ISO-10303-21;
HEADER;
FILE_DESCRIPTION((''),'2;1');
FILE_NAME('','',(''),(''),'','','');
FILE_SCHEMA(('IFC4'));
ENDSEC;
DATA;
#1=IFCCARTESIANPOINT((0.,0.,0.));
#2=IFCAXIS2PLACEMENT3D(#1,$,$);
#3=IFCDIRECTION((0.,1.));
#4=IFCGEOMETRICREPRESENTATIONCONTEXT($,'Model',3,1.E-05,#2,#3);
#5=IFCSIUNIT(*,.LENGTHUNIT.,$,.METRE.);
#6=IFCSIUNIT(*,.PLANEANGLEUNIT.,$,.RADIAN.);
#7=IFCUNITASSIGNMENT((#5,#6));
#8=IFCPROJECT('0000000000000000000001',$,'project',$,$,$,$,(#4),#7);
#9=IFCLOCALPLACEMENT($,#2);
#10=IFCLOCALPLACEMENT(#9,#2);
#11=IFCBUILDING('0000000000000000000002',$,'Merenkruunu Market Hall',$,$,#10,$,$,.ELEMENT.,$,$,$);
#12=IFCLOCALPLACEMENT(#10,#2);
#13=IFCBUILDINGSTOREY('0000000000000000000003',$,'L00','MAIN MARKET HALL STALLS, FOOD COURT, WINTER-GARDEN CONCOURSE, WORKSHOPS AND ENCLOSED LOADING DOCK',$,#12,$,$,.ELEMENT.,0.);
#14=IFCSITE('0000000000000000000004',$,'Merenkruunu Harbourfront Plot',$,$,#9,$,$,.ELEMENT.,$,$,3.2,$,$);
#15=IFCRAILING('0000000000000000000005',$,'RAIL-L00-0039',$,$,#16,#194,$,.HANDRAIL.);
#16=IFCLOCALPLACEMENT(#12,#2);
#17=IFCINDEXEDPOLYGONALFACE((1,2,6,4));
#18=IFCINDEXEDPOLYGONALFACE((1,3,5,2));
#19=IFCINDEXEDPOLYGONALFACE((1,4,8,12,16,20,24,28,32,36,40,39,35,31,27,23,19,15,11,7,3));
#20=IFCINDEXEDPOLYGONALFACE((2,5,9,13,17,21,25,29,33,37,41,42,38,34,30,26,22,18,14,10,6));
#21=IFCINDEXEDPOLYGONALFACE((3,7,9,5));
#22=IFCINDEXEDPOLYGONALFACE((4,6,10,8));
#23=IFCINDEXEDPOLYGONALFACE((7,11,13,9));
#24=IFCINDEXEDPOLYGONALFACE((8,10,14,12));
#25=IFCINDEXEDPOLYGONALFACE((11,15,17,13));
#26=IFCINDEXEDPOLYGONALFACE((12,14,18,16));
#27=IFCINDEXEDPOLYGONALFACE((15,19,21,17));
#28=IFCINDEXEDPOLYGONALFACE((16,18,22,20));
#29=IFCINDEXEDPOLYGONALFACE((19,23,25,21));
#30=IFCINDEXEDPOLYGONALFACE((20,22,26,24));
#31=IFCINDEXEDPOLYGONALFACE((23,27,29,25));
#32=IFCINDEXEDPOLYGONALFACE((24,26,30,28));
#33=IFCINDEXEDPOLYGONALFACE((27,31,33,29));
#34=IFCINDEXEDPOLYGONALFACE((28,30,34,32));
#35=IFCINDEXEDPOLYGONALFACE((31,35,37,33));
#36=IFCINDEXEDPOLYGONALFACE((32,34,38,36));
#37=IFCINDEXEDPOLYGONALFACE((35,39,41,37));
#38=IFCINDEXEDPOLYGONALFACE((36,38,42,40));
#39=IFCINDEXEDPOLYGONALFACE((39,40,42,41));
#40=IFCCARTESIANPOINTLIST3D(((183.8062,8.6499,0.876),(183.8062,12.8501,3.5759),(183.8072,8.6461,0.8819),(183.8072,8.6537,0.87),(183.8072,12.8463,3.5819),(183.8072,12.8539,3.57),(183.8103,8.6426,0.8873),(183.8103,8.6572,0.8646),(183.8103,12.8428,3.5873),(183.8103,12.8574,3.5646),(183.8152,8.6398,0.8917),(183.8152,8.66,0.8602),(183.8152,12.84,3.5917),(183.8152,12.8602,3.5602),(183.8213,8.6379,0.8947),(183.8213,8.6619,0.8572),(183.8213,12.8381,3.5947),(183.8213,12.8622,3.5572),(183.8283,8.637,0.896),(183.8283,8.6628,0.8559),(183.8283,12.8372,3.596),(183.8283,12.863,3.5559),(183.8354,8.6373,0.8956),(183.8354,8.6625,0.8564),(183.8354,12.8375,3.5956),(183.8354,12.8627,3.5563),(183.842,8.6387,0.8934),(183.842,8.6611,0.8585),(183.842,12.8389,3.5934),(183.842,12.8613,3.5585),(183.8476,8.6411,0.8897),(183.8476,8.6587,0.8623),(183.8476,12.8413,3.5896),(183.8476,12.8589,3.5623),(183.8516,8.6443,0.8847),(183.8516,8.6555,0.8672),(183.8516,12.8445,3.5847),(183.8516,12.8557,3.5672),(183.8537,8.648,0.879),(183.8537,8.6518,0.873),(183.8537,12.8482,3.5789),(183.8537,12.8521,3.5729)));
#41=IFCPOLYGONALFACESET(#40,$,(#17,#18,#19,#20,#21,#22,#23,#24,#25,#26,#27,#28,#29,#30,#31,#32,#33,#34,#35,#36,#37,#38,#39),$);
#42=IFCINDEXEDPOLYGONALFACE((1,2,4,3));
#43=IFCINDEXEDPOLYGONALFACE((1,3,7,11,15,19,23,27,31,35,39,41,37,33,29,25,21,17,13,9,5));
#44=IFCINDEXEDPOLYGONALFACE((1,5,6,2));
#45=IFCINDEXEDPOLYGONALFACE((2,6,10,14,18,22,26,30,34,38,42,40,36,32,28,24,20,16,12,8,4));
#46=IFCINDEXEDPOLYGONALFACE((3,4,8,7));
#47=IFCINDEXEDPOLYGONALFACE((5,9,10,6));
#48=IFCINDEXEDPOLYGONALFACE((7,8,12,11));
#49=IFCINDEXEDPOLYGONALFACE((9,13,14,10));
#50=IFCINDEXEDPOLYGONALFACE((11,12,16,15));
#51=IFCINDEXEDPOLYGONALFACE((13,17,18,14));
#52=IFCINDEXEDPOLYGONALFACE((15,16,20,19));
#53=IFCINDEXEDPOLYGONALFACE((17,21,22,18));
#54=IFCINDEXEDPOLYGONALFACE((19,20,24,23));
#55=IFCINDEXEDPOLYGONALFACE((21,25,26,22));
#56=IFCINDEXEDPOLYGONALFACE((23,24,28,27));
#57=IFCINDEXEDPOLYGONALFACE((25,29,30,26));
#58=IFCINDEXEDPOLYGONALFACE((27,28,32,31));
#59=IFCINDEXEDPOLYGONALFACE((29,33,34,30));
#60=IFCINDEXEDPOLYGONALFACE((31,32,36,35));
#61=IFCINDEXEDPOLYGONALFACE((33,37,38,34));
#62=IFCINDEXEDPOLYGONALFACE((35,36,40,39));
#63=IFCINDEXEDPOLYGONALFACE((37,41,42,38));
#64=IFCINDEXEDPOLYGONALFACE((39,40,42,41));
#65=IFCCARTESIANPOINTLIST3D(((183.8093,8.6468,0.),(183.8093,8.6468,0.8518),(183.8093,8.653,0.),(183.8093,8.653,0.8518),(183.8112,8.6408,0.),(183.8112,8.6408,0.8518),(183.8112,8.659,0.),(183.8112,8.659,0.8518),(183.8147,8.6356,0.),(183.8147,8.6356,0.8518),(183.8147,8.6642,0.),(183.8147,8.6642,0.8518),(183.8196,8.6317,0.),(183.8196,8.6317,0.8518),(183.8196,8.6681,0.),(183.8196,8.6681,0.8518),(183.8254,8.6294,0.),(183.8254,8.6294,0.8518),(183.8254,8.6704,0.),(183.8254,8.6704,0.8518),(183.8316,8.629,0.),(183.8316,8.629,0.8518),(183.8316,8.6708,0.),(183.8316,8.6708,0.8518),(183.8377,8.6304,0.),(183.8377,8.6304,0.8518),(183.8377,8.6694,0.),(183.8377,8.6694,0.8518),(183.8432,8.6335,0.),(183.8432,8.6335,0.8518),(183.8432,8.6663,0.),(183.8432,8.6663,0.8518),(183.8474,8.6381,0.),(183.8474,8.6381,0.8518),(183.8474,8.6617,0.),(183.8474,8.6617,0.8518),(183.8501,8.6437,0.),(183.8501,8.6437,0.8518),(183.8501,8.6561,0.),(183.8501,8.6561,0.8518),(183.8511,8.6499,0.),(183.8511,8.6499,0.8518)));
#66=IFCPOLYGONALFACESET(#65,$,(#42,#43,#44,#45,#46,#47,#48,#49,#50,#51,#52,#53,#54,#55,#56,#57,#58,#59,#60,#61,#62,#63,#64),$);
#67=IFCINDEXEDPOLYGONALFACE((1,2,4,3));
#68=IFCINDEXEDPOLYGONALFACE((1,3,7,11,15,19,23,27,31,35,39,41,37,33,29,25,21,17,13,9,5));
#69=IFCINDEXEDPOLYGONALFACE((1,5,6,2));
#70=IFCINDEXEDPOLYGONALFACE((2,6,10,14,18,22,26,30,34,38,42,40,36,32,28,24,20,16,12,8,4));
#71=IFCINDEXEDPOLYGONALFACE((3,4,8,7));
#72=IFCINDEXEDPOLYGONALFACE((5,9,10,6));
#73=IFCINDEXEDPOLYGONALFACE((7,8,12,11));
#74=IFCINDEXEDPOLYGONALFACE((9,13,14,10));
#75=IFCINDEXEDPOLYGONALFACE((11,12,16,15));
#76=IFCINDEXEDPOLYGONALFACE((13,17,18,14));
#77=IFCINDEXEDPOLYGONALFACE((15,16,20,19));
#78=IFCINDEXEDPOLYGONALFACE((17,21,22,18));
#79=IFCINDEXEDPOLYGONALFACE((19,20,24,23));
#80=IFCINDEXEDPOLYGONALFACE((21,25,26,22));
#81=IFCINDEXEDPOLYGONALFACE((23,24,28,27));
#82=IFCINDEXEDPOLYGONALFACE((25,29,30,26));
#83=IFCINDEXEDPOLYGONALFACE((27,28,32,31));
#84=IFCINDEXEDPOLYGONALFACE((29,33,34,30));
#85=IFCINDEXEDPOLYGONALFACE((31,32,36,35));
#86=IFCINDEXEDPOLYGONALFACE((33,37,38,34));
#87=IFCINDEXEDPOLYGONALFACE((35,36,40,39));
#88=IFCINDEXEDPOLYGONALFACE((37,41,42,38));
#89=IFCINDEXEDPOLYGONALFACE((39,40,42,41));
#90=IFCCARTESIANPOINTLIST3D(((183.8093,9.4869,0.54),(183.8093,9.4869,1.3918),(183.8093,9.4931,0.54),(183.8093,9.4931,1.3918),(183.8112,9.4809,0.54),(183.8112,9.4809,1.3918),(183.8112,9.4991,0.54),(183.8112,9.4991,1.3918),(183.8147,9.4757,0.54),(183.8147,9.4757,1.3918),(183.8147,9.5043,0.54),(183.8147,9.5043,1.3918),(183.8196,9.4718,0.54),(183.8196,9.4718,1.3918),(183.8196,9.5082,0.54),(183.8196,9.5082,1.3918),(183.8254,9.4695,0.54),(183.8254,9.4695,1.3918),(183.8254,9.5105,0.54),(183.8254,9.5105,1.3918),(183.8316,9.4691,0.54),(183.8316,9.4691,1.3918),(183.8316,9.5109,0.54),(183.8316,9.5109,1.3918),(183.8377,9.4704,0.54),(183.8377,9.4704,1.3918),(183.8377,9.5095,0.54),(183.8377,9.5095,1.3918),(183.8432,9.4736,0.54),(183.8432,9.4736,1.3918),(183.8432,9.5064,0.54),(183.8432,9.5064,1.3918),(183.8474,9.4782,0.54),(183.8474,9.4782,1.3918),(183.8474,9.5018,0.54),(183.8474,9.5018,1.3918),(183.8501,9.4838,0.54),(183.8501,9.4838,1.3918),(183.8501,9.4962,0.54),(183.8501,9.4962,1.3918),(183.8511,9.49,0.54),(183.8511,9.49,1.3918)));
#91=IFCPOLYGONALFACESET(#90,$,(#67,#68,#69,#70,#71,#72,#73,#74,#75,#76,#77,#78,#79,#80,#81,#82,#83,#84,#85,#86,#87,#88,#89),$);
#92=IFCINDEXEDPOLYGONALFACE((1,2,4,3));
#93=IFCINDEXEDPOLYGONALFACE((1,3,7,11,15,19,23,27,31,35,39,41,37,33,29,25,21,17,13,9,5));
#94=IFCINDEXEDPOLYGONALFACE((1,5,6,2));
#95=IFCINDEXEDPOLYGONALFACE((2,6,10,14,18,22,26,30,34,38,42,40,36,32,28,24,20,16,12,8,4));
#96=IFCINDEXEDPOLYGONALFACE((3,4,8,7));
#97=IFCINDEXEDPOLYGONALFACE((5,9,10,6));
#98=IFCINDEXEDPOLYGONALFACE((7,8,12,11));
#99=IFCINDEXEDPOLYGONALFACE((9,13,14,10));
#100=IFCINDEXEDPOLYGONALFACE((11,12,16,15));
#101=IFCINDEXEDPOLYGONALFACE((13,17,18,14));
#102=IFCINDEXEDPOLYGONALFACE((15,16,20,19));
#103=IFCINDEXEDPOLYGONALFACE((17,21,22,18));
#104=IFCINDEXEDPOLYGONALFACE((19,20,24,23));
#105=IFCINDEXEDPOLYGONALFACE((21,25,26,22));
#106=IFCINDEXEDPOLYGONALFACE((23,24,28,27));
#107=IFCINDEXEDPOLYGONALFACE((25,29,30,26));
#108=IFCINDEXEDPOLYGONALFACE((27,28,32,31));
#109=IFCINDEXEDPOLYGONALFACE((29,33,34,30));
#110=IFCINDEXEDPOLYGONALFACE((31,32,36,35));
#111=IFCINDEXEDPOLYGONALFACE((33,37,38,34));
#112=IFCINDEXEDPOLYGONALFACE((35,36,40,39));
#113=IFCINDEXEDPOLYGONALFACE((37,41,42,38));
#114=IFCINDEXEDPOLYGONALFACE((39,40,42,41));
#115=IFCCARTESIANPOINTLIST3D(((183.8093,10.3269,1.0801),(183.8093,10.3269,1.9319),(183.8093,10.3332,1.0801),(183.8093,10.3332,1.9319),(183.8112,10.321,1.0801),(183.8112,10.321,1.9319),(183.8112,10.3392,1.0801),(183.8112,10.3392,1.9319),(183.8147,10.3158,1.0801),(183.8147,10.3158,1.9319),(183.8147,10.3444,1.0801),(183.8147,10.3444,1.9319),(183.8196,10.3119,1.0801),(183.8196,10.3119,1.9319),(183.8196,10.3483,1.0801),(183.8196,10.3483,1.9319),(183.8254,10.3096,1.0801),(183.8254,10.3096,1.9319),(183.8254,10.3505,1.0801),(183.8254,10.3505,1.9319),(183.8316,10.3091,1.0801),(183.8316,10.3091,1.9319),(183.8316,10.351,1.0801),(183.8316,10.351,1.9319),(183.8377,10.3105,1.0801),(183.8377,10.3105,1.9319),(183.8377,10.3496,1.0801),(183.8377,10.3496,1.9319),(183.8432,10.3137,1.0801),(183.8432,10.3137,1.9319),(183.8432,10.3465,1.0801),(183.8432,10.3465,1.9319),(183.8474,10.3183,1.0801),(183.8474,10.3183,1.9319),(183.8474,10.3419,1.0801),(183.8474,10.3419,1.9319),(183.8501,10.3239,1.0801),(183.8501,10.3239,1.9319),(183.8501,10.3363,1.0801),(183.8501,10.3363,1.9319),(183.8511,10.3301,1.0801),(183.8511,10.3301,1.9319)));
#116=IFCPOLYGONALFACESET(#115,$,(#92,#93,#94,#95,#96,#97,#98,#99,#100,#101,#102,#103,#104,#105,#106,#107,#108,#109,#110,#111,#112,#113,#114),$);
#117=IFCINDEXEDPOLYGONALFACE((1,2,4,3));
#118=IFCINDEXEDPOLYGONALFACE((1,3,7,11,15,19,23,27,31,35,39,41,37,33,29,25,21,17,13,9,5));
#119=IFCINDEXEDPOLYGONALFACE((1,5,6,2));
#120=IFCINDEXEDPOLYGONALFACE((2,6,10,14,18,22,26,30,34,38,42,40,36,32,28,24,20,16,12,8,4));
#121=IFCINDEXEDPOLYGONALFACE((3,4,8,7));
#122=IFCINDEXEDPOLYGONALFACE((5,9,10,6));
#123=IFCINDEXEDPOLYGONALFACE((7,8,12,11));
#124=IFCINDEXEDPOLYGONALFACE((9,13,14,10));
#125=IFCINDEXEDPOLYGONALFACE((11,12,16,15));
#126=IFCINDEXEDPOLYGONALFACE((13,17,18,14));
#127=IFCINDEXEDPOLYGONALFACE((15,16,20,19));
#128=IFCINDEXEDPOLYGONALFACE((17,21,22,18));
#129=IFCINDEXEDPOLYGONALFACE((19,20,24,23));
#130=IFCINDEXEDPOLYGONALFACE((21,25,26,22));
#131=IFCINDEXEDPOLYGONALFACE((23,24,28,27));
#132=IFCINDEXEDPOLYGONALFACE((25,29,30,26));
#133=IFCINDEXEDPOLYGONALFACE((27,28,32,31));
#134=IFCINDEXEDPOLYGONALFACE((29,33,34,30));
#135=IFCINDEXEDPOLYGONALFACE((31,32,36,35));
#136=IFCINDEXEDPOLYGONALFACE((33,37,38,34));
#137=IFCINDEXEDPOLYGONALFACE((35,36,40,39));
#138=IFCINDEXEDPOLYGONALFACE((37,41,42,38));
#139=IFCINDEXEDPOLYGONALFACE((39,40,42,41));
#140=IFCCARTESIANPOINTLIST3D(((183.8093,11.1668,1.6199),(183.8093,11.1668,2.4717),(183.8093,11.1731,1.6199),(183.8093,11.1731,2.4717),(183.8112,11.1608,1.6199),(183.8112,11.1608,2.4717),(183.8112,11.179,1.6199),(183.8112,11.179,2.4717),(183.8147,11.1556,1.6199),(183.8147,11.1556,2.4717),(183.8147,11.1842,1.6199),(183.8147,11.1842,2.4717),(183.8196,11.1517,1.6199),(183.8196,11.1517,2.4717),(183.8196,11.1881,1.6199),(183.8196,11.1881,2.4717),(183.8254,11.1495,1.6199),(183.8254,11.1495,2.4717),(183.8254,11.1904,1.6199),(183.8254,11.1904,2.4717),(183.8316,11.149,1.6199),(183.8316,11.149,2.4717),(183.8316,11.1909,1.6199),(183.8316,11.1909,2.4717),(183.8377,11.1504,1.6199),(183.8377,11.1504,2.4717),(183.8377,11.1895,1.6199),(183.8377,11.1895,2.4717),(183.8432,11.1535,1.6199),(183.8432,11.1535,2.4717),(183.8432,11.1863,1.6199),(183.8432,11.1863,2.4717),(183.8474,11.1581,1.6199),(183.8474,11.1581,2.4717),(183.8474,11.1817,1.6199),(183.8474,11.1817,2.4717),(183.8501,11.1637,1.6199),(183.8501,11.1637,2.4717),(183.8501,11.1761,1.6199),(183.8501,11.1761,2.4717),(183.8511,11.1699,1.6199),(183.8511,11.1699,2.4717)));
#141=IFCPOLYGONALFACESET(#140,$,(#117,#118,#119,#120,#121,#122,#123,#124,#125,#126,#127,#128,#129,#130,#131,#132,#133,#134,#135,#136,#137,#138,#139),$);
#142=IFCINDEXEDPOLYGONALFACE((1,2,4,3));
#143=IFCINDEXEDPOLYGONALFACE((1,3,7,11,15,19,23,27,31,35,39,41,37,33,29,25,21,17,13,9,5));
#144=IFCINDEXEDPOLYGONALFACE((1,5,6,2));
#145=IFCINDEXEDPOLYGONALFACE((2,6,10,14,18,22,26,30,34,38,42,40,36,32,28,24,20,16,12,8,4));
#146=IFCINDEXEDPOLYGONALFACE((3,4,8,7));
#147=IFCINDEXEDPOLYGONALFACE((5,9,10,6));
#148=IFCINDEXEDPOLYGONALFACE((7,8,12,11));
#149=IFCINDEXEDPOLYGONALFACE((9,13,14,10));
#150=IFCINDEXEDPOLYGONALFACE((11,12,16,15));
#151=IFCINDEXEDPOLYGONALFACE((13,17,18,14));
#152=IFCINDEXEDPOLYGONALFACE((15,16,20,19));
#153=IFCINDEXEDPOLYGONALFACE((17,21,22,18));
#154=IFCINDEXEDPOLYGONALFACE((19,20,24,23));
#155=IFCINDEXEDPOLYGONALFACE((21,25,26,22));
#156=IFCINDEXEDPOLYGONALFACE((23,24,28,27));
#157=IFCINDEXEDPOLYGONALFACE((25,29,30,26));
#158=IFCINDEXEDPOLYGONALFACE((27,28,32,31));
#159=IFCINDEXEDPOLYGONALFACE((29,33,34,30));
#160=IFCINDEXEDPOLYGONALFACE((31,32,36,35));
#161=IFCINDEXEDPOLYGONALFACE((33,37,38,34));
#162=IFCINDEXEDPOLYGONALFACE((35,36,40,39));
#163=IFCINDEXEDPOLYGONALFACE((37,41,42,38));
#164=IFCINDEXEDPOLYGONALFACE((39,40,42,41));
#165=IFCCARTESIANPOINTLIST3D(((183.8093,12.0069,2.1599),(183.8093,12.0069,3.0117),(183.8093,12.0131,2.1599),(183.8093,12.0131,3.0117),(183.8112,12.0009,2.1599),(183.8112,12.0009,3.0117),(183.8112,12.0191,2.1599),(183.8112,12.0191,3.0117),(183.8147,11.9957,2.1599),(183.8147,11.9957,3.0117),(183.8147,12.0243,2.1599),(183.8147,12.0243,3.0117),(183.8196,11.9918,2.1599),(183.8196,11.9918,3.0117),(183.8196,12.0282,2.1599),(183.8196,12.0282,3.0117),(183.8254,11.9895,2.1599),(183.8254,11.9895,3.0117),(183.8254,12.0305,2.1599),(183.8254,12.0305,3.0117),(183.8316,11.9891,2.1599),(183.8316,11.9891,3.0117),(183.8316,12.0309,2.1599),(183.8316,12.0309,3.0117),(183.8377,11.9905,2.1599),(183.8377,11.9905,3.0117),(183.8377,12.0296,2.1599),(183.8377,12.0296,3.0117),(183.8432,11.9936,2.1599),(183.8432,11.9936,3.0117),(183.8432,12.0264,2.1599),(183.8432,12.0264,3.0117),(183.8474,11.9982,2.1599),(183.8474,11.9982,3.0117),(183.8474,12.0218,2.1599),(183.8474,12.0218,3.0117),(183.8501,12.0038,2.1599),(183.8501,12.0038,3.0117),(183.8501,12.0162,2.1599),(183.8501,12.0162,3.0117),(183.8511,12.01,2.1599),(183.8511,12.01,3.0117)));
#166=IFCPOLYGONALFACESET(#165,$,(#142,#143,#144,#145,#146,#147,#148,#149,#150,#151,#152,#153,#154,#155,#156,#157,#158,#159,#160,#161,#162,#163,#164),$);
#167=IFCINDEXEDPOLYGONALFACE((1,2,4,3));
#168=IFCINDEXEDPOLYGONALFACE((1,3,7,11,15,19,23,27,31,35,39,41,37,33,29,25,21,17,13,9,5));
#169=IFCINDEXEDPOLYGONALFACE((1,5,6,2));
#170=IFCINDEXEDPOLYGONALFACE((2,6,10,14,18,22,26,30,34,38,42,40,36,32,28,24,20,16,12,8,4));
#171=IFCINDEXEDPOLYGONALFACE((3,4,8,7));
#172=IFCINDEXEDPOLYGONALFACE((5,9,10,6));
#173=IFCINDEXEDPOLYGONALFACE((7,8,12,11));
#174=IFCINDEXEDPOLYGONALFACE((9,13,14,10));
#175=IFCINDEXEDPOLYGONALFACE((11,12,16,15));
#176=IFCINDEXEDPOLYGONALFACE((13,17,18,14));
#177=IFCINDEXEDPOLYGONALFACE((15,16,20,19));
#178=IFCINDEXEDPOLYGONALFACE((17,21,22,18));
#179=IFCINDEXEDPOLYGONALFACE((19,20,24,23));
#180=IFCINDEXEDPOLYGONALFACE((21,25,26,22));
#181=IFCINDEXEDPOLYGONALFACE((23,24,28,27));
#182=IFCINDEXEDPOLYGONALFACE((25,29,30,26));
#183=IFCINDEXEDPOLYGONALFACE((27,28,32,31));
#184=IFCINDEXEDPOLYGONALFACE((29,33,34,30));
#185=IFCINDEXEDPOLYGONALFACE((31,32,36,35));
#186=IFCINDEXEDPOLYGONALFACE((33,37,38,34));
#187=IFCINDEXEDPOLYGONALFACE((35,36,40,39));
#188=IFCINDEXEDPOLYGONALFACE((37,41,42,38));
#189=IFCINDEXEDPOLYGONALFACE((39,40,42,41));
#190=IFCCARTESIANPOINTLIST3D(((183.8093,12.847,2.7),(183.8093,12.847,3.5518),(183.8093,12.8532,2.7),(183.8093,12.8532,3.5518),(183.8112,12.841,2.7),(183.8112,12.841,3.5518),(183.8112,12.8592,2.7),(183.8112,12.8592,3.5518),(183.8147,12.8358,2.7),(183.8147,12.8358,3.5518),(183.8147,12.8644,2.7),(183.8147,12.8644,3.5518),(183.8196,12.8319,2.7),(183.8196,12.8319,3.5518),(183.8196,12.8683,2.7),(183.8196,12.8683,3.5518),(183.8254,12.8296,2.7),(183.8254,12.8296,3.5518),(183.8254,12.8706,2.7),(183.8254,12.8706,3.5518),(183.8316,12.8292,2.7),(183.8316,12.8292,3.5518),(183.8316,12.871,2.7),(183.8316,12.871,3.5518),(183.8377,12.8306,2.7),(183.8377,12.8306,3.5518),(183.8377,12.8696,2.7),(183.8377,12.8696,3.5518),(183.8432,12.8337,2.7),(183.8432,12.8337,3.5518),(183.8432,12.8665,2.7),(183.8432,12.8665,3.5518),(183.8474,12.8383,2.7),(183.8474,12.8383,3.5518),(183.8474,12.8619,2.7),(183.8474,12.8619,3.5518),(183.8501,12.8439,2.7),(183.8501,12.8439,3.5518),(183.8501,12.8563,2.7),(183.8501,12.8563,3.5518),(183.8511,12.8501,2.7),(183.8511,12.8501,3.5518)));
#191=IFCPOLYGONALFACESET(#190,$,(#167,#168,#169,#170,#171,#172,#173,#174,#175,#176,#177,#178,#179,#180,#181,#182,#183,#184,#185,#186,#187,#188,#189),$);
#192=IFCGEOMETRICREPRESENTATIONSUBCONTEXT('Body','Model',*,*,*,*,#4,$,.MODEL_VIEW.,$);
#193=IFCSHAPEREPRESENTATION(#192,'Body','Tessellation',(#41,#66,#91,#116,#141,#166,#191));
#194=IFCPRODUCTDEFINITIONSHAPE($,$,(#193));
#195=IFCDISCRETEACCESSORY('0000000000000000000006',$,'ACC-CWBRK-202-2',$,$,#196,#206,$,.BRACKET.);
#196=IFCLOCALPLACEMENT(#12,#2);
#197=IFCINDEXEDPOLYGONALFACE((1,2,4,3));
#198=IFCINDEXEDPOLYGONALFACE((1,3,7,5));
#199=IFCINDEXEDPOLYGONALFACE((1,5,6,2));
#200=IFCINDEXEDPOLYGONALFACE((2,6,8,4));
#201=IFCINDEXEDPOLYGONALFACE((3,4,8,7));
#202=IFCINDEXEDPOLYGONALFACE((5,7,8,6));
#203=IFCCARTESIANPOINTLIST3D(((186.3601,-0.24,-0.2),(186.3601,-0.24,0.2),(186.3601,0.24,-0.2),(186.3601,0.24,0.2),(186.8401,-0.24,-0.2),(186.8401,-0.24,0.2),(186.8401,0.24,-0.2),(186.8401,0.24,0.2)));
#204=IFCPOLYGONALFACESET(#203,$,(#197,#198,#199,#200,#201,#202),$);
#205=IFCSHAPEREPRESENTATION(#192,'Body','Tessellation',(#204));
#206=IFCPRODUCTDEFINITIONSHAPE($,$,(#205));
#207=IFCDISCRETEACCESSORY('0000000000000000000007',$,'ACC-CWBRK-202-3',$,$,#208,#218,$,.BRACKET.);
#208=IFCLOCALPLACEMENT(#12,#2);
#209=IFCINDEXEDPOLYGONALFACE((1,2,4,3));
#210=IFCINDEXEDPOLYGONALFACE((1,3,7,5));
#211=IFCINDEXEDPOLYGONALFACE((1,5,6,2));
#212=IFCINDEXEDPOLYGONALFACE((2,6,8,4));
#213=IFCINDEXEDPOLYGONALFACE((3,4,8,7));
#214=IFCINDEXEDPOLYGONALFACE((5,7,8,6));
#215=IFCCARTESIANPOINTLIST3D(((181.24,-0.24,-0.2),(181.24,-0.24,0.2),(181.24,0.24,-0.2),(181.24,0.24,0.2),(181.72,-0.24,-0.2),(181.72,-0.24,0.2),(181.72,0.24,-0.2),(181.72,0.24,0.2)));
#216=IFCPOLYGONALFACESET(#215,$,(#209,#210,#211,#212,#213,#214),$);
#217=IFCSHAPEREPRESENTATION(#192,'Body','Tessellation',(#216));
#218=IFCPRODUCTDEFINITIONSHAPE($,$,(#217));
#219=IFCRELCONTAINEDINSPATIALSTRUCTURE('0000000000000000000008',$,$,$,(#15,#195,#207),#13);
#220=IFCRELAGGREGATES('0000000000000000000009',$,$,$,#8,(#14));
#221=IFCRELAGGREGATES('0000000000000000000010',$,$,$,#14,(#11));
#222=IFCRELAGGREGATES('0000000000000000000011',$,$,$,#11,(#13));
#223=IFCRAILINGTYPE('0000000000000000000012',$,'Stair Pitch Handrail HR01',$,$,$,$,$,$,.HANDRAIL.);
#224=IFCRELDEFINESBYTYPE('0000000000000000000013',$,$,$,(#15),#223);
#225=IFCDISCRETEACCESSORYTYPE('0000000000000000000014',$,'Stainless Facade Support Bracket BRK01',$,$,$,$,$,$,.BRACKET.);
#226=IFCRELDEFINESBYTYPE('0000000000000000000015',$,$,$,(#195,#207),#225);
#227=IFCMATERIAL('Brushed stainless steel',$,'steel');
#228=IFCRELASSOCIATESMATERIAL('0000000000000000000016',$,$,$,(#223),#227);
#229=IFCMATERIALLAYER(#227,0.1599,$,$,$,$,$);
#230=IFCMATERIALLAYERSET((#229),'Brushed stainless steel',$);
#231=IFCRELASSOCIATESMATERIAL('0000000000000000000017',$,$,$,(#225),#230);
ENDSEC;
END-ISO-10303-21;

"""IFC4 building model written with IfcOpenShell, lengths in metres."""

from ifc_helpers import new_model, si_unit, direction, frame, origin, origin_2d, place, context, subcontext, project, spatial, rectangle, circle, extrude, material, layer, layer_set, type_object, element, save


model = new_model("IFC4")

# Units and contexts
model_context = context("Model", 3, precision=1e-05, world=origin(), true_north=direction((0.0, 1.0)))
body_context = subcontext(model_context, "Body", "Model", "MODEL_VIEW")
ifc_project = project(units=[si_unit("LENGTHUNIT", "METRE"), si_unit("PLANEANGLEUNIT", "RADIAN")], contexts=[model_context])

# Site, building, storey
site_placement = place(None, origin())
site = spatial("IfcSite", under=ifc_project, at=site_placement, Name="Merenkruunu Harbourfront Plot", CompositionType="ELEMENT", RefElevation=3.2)
building_placement = place(site_placement, origin())
building = spatial("IfcBuilding", under=site, at=building_placement, Name="Merenkruunu Market Hall", CompositionType="ELEMENT")
storey_placement = place(building_placement, origin())
storey = spatial("IfcBuildingStorey", under=building, at=storey_placement, Name="L00", Description="MAIN MARKET HALL STALLS, FOOD COURT, WINTER-GARDEN CONCOURSE, WORKSHOPS AND ENCLOSED LOADING DOCK", CompositionType="ELEMENT", Elevation=0.0)

# Railing
ifc_material_1 = material(Name="Brushed stainless steel", Category="steel")
railing_type = type_object("IfcRailingType", Name="Stair Pitch Handrail HR01", PredefinedType="HANDRAIL", material=ifc_material_1)
railing_placement = place(storey_placement, frame((183.8301, 8.6499, 0.0)))
element("IfcRailing", 1, at=railing_placement, inside=storey, type_object=railing_type, Name="RAIL-L00-0039", PredefinedType="HANDRAIL", context=body_context, shape_type="SweptSolid", body=[
    extrude(circle(Radius=0.0239, at=origin_2d()), frame((0.0, 0.0, 0.876), z_axis=(0.0, 0.841194, 0.540733), x_axis=(-1.0, 0.0, 0.0)), (0.0, 0.0, 1.0), 4.9932),
    extrude(circle(Radius=0.021, at=origin_2d()), origin(), (0.0, 0.0, 1.0), 0.8518),
    extrude(circle(Radius=0.021, at=origin_2d()), frame((0.0, 0.8401, 0.54)), (0.0, 0.0, 1.0), 0.8518),
    extrude(circle(Radius=0.021, at=origin_2d()), frame((0.0, 1.6802, 1.0801)), (0.0, 0.0, 1.0), 0.8518),
    extrude(circle(Radius=0.021, at=origin_2d()), frame((0.0, 2.52, 1.6199)), (0.0, 0.0, 1.0), 0.8518),
    extrude(circle(Radius=0.021, at=origin_2d()), frame((0.0, 3.3601, 2.1599)), (0.0, 0.0, 1.0), 0.8518),
    extrude(circle(Radius=0.021, at=origin_2d()), frame((0.0, 4.2002, 2.7)), (0.0, 0.0, 1.0), 0.8518),
])

# Discrete accessories
ifc_layer_1 = layer(ifc_material_1, 0.1599)
ifc_layer_set_1 = layer_set([ifc_layer_1], Name="Brushed stainless steel")
discrete_accessory_type = type_object("IfcDiscreteAccessoryType", Name="Stainless Facade Support Bracket BRK01", PredefinedType="BRACKET", material=ifc_layer_set_1)
for number, where, z_axis, x_axis, name in (
    (2, (186.6001, 0.0, -0.2), (0.0, 0.0, 1.0), (1.0, 0.0, 0.0), "ACC-CWBRK-202-2"),
    (3, (181.48, 0.0, -0.2), (0.0, 0.0, 1.0), (1.0, 0.0, 0.0), "ACC-CWBRK-202-3"),
):
    element("IfcDiscreteAccessory", number, at=place(storey_placement, frame(where, z_axis=z_axis, x_axis=x_axis)), inside=storey, type_object=discrete_accessory_type, Name=name, PredefinedType="BRACKET", context=body_context, shape_type="SweptSolid", body=[
        extrude(rectangle(XDim=0.48, YDim=0.48, at=origin_2d()), origin(), (0.0, 0.0, 1.0), 0.3999),
    ])

save(model, "model.ifc")
